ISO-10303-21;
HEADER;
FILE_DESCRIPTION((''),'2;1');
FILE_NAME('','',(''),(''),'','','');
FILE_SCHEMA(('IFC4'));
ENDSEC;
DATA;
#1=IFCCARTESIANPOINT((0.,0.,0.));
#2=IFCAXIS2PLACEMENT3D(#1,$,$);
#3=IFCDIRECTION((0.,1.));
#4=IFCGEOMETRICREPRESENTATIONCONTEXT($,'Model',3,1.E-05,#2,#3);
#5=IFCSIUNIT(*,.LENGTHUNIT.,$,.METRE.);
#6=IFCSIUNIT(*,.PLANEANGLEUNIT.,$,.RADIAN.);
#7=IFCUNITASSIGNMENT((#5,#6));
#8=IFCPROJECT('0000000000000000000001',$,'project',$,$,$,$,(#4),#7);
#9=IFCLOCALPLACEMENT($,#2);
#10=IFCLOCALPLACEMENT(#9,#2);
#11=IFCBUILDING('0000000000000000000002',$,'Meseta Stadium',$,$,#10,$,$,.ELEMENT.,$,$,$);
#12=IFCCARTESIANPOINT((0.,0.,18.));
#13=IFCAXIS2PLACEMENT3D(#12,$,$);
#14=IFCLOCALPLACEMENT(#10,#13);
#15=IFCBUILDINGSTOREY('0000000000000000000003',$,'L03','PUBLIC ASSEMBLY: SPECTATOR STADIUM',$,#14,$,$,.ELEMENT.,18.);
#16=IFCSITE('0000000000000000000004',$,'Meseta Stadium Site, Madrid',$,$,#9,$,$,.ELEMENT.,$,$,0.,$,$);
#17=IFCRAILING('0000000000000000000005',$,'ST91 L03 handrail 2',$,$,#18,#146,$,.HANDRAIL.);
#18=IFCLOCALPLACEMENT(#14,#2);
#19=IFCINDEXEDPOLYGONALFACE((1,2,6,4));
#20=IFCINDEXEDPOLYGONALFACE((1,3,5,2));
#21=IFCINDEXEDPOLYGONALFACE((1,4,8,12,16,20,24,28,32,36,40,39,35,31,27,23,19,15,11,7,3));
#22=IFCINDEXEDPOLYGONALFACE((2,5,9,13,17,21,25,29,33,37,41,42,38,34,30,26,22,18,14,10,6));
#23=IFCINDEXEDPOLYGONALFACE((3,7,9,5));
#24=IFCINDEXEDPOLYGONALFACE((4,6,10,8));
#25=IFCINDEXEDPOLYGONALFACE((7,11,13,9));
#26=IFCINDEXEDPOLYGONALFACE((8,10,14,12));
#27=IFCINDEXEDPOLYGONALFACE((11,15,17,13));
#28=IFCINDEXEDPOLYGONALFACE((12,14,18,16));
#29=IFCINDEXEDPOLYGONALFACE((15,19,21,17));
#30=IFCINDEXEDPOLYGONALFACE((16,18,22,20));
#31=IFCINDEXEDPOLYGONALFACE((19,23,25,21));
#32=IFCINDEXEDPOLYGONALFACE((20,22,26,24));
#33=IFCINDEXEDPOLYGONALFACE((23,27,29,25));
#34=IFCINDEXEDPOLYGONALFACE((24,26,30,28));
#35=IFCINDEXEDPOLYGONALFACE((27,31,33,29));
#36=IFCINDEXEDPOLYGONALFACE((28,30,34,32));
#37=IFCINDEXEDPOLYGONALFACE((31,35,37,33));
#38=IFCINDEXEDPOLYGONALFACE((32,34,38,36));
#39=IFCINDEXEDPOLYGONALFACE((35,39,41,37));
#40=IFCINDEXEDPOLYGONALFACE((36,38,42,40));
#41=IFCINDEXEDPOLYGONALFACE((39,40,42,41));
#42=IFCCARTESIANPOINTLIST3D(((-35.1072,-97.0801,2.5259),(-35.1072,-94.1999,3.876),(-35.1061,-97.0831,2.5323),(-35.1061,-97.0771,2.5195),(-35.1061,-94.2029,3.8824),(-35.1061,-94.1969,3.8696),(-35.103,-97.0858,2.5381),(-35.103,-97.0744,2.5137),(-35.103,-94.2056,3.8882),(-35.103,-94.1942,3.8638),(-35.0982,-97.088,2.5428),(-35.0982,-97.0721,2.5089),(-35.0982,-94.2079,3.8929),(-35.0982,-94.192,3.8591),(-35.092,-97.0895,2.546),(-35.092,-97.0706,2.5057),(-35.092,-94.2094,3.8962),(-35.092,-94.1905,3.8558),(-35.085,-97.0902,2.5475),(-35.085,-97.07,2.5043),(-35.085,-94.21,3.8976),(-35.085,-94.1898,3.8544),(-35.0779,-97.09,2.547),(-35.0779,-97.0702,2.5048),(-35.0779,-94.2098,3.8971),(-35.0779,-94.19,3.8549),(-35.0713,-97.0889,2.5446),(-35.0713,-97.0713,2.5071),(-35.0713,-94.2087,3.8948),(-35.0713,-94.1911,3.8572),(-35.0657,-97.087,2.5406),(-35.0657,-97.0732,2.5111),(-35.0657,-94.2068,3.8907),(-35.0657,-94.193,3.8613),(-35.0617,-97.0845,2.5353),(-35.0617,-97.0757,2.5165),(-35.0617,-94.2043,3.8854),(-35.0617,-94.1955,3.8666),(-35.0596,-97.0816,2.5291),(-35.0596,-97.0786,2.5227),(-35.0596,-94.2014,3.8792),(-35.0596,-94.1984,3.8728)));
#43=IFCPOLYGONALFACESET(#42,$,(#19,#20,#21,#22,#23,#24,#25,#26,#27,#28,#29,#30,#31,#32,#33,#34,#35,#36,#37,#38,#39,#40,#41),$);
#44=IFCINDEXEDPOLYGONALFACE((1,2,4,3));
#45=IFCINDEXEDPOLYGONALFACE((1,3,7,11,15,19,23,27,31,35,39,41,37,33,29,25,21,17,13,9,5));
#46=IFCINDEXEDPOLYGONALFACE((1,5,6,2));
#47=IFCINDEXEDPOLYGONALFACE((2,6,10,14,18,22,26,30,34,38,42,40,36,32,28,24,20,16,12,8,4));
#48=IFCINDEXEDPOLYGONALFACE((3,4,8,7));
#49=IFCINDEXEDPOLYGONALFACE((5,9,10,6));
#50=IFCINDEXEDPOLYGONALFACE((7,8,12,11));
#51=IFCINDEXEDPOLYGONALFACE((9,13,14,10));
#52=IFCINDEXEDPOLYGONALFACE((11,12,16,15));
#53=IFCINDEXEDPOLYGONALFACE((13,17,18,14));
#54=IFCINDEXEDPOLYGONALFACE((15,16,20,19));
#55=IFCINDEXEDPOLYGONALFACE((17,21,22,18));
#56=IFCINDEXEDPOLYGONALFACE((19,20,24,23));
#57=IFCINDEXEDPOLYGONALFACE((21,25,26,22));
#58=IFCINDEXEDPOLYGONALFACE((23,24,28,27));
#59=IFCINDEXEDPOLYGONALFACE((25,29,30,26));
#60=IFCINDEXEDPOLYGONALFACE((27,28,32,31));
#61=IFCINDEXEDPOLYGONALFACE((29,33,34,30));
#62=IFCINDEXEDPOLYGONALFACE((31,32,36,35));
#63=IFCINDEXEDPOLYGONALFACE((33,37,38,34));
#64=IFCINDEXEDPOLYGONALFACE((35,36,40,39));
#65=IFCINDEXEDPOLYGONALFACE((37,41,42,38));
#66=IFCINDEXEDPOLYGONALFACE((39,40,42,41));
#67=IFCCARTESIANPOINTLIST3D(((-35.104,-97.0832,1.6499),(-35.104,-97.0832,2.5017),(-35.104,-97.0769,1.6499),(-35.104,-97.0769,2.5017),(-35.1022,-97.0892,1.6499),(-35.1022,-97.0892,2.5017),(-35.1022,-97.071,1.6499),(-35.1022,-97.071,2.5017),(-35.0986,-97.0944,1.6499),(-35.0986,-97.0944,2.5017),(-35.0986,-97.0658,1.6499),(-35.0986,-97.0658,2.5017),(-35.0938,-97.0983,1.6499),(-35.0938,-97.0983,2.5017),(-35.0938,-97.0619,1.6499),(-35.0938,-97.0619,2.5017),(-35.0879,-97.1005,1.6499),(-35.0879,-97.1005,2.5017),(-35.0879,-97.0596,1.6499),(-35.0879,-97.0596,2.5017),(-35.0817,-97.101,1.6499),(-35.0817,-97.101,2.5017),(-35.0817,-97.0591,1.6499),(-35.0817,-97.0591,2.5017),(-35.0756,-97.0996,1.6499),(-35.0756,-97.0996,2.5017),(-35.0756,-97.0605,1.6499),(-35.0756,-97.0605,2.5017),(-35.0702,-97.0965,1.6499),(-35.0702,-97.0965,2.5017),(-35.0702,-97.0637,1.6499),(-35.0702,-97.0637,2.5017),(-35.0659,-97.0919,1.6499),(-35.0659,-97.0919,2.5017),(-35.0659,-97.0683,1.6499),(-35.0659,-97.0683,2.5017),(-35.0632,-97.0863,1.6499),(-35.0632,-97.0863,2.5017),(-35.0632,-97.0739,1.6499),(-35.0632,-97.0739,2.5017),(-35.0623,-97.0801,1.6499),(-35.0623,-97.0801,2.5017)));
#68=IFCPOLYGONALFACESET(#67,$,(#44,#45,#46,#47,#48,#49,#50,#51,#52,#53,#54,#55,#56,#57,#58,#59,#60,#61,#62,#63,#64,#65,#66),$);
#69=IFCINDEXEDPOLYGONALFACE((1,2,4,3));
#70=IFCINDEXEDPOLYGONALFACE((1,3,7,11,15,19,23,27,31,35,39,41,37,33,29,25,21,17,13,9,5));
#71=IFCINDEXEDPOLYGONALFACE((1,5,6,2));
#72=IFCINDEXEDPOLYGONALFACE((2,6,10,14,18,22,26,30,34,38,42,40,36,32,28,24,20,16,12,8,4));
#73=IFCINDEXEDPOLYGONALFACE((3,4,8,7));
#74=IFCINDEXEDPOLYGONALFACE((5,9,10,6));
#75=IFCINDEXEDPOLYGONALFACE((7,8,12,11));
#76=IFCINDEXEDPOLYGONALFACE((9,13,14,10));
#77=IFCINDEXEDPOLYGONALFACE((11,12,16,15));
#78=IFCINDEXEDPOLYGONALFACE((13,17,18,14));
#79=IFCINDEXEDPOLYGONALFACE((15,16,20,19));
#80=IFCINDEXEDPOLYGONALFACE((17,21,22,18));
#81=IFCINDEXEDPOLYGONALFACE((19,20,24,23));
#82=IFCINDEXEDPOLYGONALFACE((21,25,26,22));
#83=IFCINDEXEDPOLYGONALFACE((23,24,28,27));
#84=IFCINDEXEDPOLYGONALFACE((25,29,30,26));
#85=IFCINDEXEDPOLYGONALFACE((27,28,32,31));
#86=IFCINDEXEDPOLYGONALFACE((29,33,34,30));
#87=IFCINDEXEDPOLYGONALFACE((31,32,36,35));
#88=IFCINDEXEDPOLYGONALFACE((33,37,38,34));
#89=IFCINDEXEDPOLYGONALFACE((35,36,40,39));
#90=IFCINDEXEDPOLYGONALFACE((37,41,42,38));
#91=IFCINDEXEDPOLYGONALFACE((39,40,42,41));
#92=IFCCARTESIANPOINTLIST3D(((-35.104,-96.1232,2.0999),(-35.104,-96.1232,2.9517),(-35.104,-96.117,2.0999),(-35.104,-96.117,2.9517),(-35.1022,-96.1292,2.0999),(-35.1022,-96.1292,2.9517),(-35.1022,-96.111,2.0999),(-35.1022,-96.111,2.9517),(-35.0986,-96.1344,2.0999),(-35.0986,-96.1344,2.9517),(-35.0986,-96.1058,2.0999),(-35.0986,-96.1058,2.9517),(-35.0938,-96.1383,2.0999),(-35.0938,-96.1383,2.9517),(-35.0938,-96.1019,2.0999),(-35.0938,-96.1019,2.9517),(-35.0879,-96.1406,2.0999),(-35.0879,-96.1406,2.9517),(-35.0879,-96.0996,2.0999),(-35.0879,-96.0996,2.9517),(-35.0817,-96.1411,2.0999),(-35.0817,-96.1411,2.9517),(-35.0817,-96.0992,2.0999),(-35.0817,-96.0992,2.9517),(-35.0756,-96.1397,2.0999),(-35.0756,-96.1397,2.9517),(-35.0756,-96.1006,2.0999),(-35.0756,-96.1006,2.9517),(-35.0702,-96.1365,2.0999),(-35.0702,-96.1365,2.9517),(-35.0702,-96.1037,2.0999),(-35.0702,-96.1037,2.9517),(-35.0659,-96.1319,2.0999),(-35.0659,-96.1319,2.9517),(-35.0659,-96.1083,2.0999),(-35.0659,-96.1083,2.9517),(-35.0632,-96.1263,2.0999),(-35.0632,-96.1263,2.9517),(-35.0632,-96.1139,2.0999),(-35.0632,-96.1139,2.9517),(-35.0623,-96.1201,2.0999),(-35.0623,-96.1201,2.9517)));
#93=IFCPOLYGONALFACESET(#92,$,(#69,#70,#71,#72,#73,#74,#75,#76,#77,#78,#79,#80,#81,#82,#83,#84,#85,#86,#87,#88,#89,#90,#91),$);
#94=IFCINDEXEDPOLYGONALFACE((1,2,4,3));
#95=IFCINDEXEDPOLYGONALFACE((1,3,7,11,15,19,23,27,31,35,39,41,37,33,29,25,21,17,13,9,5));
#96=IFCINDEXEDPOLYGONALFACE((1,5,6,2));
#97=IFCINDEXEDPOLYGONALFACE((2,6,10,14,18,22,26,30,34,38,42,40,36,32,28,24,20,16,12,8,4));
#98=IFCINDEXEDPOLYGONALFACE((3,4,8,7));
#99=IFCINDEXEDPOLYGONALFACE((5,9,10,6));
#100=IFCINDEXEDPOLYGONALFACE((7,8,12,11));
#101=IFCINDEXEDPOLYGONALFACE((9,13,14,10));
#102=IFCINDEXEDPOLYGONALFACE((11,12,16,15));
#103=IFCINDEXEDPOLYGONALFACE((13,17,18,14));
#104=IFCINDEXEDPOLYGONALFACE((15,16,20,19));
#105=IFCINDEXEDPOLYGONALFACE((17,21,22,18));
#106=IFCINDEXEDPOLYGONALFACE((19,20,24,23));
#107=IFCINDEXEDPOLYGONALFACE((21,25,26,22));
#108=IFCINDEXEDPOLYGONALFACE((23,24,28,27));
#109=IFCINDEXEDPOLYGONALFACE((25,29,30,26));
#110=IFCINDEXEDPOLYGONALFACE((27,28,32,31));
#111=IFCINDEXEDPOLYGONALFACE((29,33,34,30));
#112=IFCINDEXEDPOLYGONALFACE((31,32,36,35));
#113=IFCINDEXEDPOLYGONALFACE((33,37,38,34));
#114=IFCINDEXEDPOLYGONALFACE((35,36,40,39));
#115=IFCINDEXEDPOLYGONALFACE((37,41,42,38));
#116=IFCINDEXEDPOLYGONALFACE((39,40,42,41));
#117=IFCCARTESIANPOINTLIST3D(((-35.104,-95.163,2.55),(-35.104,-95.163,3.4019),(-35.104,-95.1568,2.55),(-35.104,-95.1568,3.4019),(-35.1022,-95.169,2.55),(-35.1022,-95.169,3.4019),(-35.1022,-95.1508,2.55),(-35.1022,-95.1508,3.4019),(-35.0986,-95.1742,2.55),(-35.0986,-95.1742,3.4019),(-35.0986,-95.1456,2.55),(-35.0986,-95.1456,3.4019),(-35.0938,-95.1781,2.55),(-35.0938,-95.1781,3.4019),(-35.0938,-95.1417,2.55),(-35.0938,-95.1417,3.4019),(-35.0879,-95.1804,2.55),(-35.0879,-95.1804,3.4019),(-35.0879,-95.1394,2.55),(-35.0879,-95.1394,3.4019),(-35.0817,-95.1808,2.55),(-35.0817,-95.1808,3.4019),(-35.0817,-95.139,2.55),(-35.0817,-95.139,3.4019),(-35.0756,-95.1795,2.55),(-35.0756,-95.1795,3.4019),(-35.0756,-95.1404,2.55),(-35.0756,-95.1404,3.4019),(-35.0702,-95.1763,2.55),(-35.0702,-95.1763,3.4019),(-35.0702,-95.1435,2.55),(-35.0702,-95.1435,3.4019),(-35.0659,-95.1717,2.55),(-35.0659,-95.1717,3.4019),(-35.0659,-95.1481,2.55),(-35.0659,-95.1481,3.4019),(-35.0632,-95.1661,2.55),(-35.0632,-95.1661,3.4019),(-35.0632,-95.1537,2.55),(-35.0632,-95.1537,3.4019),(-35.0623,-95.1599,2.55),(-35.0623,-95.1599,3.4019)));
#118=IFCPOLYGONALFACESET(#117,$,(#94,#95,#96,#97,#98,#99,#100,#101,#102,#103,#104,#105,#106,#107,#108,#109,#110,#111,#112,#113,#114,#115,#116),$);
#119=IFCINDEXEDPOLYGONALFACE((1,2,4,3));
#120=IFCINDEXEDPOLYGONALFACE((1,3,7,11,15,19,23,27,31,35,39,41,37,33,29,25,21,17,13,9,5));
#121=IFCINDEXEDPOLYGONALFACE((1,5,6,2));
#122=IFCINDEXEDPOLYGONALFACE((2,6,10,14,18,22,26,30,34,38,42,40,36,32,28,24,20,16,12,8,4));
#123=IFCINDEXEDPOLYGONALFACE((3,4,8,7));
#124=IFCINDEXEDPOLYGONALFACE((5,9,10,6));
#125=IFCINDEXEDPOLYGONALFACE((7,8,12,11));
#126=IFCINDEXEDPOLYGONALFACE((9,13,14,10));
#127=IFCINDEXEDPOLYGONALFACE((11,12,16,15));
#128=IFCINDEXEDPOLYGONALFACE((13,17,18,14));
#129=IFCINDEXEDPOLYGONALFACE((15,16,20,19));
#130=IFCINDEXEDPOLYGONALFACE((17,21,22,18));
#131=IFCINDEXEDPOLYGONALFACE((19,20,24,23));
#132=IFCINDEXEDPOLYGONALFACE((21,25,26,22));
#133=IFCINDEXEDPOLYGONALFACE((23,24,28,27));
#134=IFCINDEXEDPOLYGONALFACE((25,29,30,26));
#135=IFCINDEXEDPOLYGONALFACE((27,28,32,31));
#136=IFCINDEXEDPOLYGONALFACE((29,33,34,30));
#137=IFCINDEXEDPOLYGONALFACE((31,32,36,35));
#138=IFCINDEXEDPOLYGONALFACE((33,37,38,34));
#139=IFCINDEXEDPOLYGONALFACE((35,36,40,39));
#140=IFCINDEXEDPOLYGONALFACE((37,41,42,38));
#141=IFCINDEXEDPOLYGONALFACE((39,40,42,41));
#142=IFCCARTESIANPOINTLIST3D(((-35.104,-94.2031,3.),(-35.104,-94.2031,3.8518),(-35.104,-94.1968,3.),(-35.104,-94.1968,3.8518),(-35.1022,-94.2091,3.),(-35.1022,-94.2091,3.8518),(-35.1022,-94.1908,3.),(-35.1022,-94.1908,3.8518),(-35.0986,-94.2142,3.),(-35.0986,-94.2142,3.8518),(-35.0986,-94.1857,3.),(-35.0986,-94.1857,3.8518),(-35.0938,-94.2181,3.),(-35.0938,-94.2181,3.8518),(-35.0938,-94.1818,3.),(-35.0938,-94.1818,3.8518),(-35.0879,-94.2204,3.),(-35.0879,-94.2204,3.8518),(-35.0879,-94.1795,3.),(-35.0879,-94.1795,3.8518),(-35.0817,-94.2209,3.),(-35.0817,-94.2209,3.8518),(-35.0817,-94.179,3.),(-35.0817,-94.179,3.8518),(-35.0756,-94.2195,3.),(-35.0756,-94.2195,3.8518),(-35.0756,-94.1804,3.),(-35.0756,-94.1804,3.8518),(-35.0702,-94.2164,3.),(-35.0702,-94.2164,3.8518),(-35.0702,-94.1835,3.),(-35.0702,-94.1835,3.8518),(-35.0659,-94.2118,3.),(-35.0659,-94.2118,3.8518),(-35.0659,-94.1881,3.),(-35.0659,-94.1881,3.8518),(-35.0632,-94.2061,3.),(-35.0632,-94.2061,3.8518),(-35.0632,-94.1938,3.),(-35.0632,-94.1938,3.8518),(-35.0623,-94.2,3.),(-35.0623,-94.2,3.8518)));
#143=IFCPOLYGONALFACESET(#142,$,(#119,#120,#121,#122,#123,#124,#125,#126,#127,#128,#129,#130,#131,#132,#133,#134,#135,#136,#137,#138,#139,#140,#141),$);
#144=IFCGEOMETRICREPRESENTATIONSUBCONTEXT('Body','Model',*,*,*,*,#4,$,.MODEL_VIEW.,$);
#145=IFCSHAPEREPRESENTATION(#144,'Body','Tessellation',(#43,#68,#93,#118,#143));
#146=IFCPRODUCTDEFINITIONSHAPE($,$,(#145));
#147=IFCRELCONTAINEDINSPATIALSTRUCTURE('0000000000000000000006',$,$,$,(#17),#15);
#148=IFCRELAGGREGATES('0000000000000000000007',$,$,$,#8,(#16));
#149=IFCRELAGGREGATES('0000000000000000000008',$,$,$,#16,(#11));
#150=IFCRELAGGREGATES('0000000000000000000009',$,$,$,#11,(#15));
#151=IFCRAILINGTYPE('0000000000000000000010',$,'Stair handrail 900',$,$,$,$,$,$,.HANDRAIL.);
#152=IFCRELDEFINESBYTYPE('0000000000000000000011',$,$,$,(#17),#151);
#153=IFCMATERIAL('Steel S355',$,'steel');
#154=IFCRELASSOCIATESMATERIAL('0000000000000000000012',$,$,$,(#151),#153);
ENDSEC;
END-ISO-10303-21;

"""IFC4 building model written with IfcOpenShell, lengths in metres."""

from ifc_helpers import new_model, si_unit, direction, frame, origin, origin_2d, place, context, subcontext, project, spatial, circle, extrude, material, type_object, element, save


model = new_model("IFC4")

# Units and contexts
model_context = context("Model", 3, precision=1e-05, world=origin(), true_north=direction((0.0, 1.0)))
body_context = subcontext(model_context, "Body", "Model", "MODEL_VIEW")
ifc_project = project(units=[si_unit("LENGTHUNIT", "METRE"), si_unit("PLANEANGLEUNIT", "RADIAN")], contexts=[model_context])

# Site, building, storey
site_placement = place(None, origin())
site = spatial("IfcSite", under=ifc_project, at=site_placement, Name="Meseta Stadium Site, Madrid", CompositionType="ELEMENT", RefElevation=0.0)
building_placement = place(site_placement, origin())
building = spatial("IfcBuilding", under=site, at=building_placement, Name="Meseta Stadium", CompositionType="ELEMENT")
storey_placement = place(building_placement, frame((0.0, 0.0, 18.0)))
storey = spatial("IfcBuildingStorey", under=building, at=storey_placement, Name="L03", Description="PUBLIC ASSEMBLY: SPECTATOR STADIUM", CompositionType="ELEMENT", Elevation=18.0)

# Railing
ifc_material_1 = material(Name="Steel S355", Category="steel")
railing_type_1 = type_object("IfcRailingType", Name="Stair handrail 900", PredefinedType="HANDRAIL", material=ifc_material_1)
railing_1_placement = place(storey_placement, frame((-35.0833, -97.0801, 1.6499)))
element("IfcRailing", 1, at=railing_1_placement, inside=storey, type_object=railing_type_1, Name="ST91 L03 handrail 2", PredefinedType="HANDRAIL", context=body_context, shape_type="SweptSolid", body=[
    extrude(circle(Radius=0.0239, at=origin_2d()), frame((0.0, 0.0, 0.876), z_axis=(0.0, 0.905454, 0.424444), x_axis=(-1.0, 0.0, 0.0)), (0.0, 0.0, 1.0), 3.1809),
    extrude(circle(Radius=0.021, at=origin_2d()), origin(), (0.0, 0.0, 1.0), 0.8518),
    extrude(circle(Radius=0.021, at=origin_2d()), frame((0.0, 0.96, 0.45)), (0.0, 0.0, 1.0), 0.8518),
    extrude(circle(Radius=0.021, at=origin_2d()), frame((0.0, 1.9202, 0.9001)), (0.0, 0.0, 1.0), 0.8518),
    extrude(circle(Radius=0.021, at=origin_2d()), frame((0.0, 2.8801, 1.3501)), (0.0, 0.0, 1.0), 0.8518),
])

save(model, "model.ifc")
